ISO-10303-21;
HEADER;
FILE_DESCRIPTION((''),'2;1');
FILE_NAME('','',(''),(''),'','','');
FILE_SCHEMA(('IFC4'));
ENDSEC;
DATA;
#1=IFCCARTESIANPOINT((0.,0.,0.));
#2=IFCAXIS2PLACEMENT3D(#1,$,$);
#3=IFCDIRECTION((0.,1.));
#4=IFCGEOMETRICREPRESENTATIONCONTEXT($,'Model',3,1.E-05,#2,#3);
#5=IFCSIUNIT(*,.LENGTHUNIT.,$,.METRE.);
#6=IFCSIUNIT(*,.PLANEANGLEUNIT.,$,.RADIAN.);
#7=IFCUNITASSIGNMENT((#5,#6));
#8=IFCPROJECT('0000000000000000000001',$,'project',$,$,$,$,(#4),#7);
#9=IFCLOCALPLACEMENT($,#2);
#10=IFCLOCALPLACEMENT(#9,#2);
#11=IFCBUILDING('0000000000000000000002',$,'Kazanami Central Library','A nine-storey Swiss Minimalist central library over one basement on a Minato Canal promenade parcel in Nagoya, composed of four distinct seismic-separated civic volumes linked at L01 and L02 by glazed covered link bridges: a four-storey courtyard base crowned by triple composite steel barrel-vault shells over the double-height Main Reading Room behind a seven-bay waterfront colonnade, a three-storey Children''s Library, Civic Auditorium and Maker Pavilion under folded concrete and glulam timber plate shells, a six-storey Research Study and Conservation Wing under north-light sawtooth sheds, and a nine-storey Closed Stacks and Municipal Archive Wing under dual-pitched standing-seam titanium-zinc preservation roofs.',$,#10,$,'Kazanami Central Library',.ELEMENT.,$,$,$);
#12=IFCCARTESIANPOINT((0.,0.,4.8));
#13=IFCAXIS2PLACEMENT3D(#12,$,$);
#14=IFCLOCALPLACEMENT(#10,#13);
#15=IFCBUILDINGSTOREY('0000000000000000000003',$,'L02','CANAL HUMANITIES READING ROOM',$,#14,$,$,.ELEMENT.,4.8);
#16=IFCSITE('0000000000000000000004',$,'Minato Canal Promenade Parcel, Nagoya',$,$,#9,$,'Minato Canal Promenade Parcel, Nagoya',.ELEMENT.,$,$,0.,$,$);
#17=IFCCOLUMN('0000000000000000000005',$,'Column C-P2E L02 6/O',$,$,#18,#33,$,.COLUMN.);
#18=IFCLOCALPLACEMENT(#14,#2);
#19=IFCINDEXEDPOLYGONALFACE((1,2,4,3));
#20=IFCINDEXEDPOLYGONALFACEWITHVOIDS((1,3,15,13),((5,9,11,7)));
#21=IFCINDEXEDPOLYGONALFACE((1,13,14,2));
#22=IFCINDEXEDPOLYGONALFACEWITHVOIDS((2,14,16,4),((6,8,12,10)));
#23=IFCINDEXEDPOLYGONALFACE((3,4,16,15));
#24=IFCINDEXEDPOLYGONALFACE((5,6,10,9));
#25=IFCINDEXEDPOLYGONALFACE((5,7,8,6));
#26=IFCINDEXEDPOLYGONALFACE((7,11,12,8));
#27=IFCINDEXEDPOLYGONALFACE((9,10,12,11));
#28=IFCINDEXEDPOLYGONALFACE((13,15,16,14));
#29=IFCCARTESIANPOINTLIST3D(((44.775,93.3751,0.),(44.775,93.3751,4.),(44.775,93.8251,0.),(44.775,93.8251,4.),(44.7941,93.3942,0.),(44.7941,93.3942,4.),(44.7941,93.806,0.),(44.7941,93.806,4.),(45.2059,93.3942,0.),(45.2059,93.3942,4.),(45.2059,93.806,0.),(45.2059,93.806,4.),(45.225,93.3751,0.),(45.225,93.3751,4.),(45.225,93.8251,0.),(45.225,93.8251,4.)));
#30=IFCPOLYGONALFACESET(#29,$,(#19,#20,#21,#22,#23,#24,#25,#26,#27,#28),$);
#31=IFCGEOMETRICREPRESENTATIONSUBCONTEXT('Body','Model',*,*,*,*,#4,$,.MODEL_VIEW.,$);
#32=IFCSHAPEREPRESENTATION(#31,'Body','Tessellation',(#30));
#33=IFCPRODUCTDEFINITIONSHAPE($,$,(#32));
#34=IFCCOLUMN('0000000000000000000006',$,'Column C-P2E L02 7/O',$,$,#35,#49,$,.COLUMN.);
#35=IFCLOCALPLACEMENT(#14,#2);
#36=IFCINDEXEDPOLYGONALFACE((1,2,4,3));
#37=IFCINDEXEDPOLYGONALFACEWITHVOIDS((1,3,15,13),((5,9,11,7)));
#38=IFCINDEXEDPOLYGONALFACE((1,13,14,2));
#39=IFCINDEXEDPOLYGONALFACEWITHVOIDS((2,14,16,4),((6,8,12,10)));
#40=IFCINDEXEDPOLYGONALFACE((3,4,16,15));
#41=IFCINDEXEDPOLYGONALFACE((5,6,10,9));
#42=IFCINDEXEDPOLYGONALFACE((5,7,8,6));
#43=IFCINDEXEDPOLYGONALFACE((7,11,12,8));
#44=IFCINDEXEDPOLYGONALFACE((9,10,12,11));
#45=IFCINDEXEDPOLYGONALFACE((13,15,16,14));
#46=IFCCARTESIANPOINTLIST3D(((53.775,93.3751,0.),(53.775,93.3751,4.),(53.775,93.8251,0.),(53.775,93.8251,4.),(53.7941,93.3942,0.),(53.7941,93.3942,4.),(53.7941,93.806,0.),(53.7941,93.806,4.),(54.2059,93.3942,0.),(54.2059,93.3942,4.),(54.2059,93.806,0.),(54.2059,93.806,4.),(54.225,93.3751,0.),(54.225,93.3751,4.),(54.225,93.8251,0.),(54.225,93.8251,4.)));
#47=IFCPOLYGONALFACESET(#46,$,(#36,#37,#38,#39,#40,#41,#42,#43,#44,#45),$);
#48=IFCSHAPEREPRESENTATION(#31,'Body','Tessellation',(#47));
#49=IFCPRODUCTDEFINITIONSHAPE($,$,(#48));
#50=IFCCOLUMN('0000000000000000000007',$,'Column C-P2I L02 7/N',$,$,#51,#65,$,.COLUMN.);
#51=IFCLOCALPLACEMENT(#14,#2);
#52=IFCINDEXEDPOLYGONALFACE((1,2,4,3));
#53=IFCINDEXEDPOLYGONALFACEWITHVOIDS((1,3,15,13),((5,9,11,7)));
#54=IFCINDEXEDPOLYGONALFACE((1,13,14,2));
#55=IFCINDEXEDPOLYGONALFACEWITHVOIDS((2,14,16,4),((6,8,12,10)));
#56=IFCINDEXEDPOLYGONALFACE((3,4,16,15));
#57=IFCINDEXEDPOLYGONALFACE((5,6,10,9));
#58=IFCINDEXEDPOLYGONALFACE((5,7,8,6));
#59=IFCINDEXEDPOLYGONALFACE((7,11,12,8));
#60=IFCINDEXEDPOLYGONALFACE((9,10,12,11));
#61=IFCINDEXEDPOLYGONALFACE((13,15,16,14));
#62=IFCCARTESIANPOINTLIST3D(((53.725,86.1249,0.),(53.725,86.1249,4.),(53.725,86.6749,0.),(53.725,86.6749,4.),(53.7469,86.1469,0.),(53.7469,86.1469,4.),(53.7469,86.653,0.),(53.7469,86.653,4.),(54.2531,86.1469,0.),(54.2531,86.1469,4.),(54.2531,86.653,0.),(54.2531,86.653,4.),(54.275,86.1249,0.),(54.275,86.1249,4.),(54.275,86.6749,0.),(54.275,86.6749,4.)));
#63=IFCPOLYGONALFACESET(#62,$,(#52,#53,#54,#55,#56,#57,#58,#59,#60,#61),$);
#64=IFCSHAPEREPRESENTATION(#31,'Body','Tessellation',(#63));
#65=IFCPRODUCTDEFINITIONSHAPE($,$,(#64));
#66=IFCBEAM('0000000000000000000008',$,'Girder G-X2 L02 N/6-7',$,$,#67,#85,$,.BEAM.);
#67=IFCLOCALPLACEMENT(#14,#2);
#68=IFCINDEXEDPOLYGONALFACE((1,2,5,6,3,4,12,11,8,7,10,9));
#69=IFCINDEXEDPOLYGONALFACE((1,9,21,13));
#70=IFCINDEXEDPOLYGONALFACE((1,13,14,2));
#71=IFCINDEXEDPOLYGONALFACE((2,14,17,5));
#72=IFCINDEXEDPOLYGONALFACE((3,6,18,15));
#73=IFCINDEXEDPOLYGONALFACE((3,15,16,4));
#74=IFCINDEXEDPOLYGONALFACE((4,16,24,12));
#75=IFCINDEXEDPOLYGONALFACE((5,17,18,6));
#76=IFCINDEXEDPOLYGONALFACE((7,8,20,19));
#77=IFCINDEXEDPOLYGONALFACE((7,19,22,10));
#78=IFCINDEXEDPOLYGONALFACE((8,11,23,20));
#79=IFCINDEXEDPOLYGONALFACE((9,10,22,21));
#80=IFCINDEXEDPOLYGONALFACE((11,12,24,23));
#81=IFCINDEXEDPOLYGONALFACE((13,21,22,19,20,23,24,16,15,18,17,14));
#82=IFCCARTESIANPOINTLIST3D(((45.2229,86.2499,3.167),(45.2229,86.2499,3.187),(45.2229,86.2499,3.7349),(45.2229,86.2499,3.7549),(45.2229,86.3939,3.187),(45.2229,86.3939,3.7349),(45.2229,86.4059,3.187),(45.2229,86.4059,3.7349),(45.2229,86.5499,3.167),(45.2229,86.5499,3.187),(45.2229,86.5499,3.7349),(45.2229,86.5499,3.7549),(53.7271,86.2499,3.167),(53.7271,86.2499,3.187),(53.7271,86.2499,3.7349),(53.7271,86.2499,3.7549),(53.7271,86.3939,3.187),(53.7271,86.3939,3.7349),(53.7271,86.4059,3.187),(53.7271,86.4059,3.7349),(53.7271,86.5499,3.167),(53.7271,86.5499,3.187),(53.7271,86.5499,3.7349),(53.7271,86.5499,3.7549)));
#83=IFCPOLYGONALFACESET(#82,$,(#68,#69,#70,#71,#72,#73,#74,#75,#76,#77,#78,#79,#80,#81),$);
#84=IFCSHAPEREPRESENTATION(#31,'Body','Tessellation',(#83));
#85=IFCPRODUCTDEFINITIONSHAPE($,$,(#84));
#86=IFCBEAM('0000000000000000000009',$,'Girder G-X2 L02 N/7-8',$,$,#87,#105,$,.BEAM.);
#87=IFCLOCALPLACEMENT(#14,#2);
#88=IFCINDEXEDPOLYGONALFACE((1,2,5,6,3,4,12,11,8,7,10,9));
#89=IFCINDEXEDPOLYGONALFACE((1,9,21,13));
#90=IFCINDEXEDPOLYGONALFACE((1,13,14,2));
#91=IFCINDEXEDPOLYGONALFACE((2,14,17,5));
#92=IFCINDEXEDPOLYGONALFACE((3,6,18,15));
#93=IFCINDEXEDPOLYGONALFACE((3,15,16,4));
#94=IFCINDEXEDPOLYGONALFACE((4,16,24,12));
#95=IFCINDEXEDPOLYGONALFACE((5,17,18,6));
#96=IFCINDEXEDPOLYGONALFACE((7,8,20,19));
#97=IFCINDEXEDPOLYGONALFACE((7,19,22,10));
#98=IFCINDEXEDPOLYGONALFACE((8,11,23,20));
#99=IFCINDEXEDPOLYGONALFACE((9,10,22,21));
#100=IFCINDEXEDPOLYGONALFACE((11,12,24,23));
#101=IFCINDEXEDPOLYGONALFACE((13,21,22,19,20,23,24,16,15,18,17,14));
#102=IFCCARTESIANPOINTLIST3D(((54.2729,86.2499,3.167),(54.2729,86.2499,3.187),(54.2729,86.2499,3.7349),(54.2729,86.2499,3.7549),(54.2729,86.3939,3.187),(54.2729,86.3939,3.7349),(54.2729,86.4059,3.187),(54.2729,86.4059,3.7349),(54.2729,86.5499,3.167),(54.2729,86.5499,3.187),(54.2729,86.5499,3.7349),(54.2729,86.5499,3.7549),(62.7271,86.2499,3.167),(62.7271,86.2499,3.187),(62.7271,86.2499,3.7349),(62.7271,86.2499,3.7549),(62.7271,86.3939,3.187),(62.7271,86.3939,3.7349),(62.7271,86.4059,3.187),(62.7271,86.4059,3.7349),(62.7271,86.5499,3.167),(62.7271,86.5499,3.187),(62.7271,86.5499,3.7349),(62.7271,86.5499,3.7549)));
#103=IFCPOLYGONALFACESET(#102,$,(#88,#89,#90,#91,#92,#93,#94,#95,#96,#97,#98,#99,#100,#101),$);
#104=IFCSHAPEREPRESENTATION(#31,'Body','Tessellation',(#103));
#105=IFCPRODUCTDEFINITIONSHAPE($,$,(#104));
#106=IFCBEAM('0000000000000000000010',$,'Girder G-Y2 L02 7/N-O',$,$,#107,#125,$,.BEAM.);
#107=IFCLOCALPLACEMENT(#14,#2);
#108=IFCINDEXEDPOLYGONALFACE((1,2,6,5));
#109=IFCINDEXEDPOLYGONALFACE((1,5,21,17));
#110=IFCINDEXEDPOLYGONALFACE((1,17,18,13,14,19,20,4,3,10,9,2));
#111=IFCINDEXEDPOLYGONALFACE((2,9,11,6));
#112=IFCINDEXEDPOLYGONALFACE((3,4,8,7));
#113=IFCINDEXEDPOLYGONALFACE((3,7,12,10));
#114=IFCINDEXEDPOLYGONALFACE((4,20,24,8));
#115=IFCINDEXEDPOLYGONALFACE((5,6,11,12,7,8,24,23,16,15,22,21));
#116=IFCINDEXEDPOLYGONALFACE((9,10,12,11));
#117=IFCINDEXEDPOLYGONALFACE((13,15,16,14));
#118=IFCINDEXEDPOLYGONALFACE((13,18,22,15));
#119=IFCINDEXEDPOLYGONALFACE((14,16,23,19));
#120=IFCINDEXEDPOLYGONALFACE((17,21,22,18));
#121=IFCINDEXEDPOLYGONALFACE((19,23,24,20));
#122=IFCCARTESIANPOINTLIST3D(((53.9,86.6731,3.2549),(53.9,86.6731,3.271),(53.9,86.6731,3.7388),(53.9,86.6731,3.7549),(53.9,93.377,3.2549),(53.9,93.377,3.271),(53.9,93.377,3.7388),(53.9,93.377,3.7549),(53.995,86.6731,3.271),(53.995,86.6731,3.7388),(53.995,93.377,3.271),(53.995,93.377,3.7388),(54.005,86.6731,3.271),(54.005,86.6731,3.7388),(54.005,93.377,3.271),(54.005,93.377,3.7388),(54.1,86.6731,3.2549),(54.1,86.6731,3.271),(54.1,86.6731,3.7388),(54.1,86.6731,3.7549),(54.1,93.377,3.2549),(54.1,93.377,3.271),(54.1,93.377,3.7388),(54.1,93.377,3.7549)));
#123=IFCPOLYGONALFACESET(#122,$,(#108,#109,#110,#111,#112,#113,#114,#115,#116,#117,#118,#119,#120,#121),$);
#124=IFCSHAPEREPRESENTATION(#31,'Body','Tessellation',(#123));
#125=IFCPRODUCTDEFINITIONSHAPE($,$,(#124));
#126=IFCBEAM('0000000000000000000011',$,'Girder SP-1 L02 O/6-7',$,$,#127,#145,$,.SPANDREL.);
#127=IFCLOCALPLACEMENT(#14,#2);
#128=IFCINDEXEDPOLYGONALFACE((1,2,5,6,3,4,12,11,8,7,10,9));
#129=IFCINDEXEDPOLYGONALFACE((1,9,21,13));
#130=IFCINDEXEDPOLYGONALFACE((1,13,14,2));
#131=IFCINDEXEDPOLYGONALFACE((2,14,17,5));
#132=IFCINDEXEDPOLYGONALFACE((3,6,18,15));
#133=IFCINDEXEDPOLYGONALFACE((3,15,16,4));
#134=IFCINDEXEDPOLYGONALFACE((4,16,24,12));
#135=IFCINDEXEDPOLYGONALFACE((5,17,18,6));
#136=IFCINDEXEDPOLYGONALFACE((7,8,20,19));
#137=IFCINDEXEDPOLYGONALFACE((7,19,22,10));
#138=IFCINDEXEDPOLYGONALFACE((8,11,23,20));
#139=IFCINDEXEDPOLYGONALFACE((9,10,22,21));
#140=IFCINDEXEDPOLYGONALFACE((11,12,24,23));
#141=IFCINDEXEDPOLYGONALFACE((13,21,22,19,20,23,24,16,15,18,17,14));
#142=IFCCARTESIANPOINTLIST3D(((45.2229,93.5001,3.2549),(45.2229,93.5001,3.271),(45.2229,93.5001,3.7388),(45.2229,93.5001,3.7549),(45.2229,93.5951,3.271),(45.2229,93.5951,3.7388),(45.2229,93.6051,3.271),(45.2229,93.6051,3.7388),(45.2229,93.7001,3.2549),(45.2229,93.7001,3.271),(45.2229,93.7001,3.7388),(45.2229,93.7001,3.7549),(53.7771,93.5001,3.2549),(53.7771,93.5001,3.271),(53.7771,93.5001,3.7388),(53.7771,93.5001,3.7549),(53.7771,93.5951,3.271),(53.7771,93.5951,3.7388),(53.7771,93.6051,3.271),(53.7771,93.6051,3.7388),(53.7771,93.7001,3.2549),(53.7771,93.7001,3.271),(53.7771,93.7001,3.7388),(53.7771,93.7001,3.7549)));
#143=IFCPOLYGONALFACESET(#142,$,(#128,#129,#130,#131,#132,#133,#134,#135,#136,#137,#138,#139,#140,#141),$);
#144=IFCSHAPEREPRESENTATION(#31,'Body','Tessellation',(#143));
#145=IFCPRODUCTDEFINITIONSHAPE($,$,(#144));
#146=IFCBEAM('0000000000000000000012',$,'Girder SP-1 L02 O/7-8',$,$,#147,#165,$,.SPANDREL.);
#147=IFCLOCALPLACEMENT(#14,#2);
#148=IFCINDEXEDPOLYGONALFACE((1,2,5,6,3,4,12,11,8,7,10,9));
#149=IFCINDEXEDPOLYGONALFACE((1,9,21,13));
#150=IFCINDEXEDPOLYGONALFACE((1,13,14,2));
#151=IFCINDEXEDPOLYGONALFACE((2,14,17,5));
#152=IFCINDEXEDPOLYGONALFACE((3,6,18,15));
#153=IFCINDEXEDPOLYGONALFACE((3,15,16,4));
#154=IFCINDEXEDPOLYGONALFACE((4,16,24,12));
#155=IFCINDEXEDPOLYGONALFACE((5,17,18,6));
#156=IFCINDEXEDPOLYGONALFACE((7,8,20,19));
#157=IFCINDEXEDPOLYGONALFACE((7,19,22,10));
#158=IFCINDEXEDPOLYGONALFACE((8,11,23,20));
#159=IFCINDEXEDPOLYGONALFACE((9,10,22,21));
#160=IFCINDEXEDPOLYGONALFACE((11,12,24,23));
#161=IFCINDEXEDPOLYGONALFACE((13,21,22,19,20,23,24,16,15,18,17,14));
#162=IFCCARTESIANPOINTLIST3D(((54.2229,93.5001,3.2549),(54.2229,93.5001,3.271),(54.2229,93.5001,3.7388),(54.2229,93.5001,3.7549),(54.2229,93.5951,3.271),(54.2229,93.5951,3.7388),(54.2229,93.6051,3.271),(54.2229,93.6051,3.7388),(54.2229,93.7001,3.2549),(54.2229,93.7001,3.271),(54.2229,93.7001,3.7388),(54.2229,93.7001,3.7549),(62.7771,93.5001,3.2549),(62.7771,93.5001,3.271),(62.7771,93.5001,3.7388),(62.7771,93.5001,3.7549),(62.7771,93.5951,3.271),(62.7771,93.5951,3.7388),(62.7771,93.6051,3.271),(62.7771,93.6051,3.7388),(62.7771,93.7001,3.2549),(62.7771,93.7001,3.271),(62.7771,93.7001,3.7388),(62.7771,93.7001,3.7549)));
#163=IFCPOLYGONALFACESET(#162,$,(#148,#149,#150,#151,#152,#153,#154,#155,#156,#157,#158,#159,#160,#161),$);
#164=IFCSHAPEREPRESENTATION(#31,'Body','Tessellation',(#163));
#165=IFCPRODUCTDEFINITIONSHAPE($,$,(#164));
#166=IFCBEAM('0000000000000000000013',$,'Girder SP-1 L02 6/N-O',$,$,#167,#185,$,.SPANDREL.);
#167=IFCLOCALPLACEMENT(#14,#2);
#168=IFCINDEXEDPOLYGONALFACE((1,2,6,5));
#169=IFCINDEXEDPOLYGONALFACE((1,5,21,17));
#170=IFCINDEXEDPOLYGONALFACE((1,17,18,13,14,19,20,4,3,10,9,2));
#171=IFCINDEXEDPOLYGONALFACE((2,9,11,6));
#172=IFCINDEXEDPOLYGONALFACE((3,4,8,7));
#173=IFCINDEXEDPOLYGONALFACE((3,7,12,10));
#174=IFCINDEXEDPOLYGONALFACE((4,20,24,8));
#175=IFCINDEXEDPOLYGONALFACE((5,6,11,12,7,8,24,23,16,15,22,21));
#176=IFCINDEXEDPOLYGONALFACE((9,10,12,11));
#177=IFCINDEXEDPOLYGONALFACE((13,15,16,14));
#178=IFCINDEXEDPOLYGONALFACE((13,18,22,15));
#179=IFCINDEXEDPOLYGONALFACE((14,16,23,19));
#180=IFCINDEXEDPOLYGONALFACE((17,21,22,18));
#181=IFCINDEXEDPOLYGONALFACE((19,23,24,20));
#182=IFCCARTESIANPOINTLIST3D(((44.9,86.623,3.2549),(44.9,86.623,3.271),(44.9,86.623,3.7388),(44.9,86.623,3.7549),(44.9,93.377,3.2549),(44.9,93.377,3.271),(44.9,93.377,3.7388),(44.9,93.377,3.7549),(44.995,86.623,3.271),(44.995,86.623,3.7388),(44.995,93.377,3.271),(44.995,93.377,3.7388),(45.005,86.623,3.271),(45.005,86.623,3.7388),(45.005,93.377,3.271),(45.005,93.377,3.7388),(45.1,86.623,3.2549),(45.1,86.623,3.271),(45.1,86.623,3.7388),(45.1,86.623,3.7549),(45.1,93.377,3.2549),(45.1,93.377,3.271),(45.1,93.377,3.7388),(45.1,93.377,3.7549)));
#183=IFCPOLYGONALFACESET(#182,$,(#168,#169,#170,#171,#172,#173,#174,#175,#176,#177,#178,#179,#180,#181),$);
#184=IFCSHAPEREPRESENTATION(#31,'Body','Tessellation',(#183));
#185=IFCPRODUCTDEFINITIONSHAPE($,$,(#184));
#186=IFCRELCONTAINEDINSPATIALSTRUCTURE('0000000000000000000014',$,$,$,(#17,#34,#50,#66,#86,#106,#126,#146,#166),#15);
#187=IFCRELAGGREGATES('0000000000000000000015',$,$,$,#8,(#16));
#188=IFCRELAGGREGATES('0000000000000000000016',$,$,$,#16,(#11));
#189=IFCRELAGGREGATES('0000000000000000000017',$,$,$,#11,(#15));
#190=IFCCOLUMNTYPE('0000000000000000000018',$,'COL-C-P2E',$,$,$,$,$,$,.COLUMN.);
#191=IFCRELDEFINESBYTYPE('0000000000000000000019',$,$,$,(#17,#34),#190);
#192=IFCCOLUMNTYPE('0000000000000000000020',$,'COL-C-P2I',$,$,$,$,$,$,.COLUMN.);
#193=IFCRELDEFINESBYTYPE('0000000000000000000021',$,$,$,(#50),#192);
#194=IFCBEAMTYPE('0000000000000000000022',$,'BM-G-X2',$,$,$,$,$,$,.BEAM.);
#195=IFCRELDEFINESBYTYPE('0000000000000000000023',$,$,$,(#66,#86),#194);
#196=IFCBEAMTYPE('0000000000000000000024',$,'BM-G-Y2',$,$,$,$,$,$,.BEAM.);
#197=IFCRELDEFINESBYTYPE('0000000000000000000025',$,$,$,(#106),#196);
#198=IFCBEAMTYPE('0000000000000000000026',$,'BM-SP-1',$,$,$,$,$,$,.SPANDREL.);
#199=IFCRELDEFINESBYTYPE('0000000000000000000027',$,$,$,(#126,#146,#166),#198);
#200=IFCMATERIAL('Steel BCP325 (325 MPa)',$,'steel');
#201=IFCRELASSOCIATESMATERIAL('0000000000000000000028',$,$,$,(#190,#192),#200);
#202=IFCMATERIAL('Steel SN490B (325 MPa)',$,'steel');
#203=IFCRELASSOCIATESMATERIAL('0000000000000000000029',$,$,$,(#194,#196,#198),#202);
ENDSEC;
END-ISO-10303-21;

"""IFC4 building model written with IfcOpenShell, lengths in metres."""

from ifc_helpers import new_model, si_unit, direction, frame, origin, origin_2d, place, context, subcontext, project, spatial, hollow_rectangle, i_section, extrude, material, material_profile, profile_set, type_object, element, save


model = new_model("IFC4")

# Units and contexts
model_context = context("Model", 3, precision=1e-05, world=origin(), true_north=direction((0.0, 1.0)))
body_context = subcontext(model_context, "Body", "Model", "MODEL_VIEW")
ifc_project = project(units=[si_unit("LENGTHUNIT", "METRE"), si_unit("PLANEANGLEUNIT", "RADIAN")], contexts=[model_context])

# Site, building, storey
site_placement = place(None, origin())
site = spatial("IfcSite", under=ifc_project, at=site_placement, Name="Minato Canal Promenade Parcel, Nagoya", LongName="Minato Canal Promenade Parcel, Nagoya", CompositionType="ELEMENT", RefElevation=0.0)
building_placement = place(site_placement, origin())
building = spatial("IfcBuilding", under=site, at=building_placement, Name="Kazanami Central Library", Description="A nine-storey Swiss Minimalist central library over one basement on a Minato Canal promenade parcel in Nagoya, composed of four distinct seismic-separated civic volumes linked at L01 and L02 by glazed covered link bridges: a four-storey courtyard base crowned by triple composite steel barrel-vault shells over the double-height Main Reading Room behind a seven-bay waterfront colonnade, a three-storey Children's Library, Civic Auditorium and Maker Pavilion under folded concrete and glulam timber plate shells, a six-storey Research Study and Conservation Wing under north-light sawtooth sheds, and a nine-storey Closed Stacks and Municipal Archive Wing under dual-pitched standing-seam titanium-zinc preservation roofs.", LongName="Kazanami Central Library", CompositionType="ELEMENT")
storey_placement = place(building_placement, frame((0.0, 0.0, 4.8)))
storey = spatial("IfcBuildingStorey", under=building, at=storey_placement, Name="L02", Description="CANAL HUMANITIES READING ROOM", CompositionType="ELEMENT", Elevation=4.8)

# Columns
ifc_material_1 = material(Name="Steel BCP325 (325 MPa)", Category="steel")
ifc_material_profile_1 = material_profile(ifc_material_1, hollow_rectangle(XDim=0.45, YDim=0.45, WallThickness=0.019, at=origin_2d()), Name="BCP-450x450x19")
ifc_profile_set_1 = profile_set([ifc_material_profile_1], Name="Steel BCP325 (325 MPa)")
column_type_1 = type_object("IfcColumnType", Name="COL-C-P2E", PredefinedType="COLUMN", material=ifc_profile_set_1)
for number, where, z_axis, x_axis, name in (
    (1, (45.0, 93.6001, 0.0), (0.0, 0.0, 1.0), (1.0, 0.0, 0.0), "Column C-P2E L02 6/O"),
    (2, (54.0, 93.6001, 0.0), (0.0, 0.0, 1.0), (1.0, 0.0, 0.0), "Column C-P2E L02 7/O"),
):
    element("IfcColumn", number, at=place(storey_placement, frame(where, z_axis=z_axis, x_axis=x_axis)), inside=storey, type_object=column_type_1, Name=name, PredefinedType="COLUMN", context=body_context, shape_type="SweptSolid", body=[
        extrude(hollow_rectangle(XDim=0.45, YDim=0.45, WallThickness=0.019, at=origin_2d()), origin(), (0.0, 0.0, 1.0), 4.0),
    ])
ifc_material_profile_2 = material_profile(ifc_material_1, hollow_rectangle(XDim=0.55, YDim=0.55, WallThickness=0.022, at=origin_2d()), Name="BCP-550x550x22")
ifc_profile_set_2 = profile_set([ifc_material_profile_2], Name="Steel BCP325 (325 MPa)")
column_type_2 = type_object("IfcColumnType", Name="COL-C-P2I", PredefinedType="COLUMN", material=ifc_profile_set_2)
column_placement = place(storey_placement, frame((54.0, 86.3999, 0.0), z_axis=(0.0, 0.0, 1.0), x_axis=(1.0, 0.0, 0.0)))
element("IfcColumn", 3, at=column_placement, inside=storey, type_object=column_type_2, Name="Column C-P2I L02 7/N", PredefinedType="COLUMN", context=body_context, shape_type="SweptSolid", body=[
    extrude(hollow_rectangle(XDim=0.55, YDim=0.55, WallThickness=0.022, at=origin_2d()), origin(), (0.0, 0.0, 1.0), 4.0),
])

# Beams
ifc_material_2 = material(Name="Steel SN490B (325 MPa)", Category="steel")
ifc_material_profile_3 = material_profile(ifc_material_2, i_section(OverallWidth=0.3, OverallDepth=0.5879, WebThickness=0.012, FlangeThickness=0.02, at=origin_2d()), Name="H-588x300x12x20")
ifc_profile_set_3 = profile_set([ifc_material_profile_3], Name="Steel SN490B (325 MPa)")
beam_type_1 = type_object("IfcBeamType", Name="BM-G-X2", PredefinedType="BEAM", material=ifc_profile_set_3)
beam_1_placement = place(storey_placement, frame((45.2229, 86.3999, 3.4609), z_axis=(1.0, 0.0, 0.0), x_axis=(0.0, 1.0, 0.0)))
element("IfcBeam", 4, at=beam_1_placement, inside=storey, type_object=beam_type_1, Name="Girder G-X2 L02 N/6-7", PredefinedType="BEAM", context=body_context, shape_type="SweptSolid", body=[
    extrude(i_section(OverallWidth=0.3, OverallDepth=0.5879, WebThickness=0.012, FlangeThickness=0.02, at=origin_2d()), origin(), (0.0, 0.0, 1.0), 8.5042),
])
beam_2_placement = place(storey_placement, frame((54.2729, 86.3999, 3.4609), z_axis=(1.0, 0.0, 0.0), x_axis=(0.0, 1.0, 0.0)))
element("IfcBeam", 5, at=beam_2_placement, inside=storey, type_object=beam_type_1, Name="Girder G-X2 L02 N/7-8", PredefinedType="BEAM", context=body_context, shape_type="SweptSolid", body=[
    extrude(i_section(OverallWidth=0.3, OverallDepth=0.5879, WebThickness=0.012, FlangeThickness=0.02, at=origin_2d()), origin(), (0.0, 0.0, 1.0), 8.4541),
])
ifc_material_profile_4 = material_profile(ifc_material_2, i_section(OverallWidth=0.2, OverallDepth=0.5, WebThickness=0.01, FlangeThickness=0.0161, at=origin_2d()), Name="H-500x200x10x16")
ifc_profile_set_4 = profile_set([ifc_material_profile_4], Name="Steel SN490B (325 MPa)")
beam_type_2 = type_object("IfcBeamType", Name="BM-G-Y2", PredefinedType="BEAM", material=ifc_profile_set_4)
beam_3_placement = place(storey_placement, frame((54.0, 86.6731, 3.5049), z_axis=(0.0, 1.0, 0.0), x_axis=(-1.0, 0.0, 0.0)))
element("IfcBeam", 6, at=beam_3_placement, inside=storey, type_object=beam_type_2, Name="Girder G-Y2 L02 7/N-O", PredefinedType="BEAM", context=body_context, shape_type="SweptSolid", body=[
    extrude(i_section(OverallWidth=0.2, OverallDepth=0.5, WebThickness=0.01, FlangeThickness=0.0161, at=origin_2d()), origin(), (0.0, 0.0, 1.0), 6.7039),
])
ifc_material_profile_5 = material_profile(ifc_material_2, i_section(OverallWidth=0.2, OverallDepth=0.5, WebThickness=0.01, FlangeThickness=0.0161, at=origin_2d()), Name="H-500x200x10x16")
ifc_profile_set_5 = profile_set([ifc_material_profile_5], Name="Steel SN490B (325 MPa)")
beam_type_3 = type_object("IfcBeamType", Name="BM-SP-1", PredefinedType="SPANDREL", material=ifc_profile_set_5)
for number, where, z_axis, x_axis, name in (
    (7, (45.2229, 93.6001, 3.5049), (1.0, 0.0, 0.0), (0.0, 1.0, 0.0), "Girder SP-1 L02 O/6-7"),
    (8, (54.2229, 93.6001, 3.5049), (1.0, 0.0, 0.0), (0.0, 1.0, 0.0), "Girder SP-1 L02 O/7-8"),
):
    element("IfcBeam", number, at=place(storey_placement, frame(where, z_axis=z_axis, x_axis=x_axis)), inside=storey, type_object=beam_type_3, Name=name, PredefinedType="SPANDREL", context=body_context, shape_type="SweptSolid", body=[
        extrude(i_section(OverallWidth=0.2, OverallDepth=0.5, WebThickness=0.01, FlangeThickness=0.0161, at=origin_2d()), origin(), (0.0, 0.0, 1.0), 8.5542),
    ])
beam_4_placement = place(storey_placement, frame((45.0, 86.623, 3.5049), z_axis=(0.0, 1.0, 0.0), x_axis=(-1.0, 0.0, 0.0)))
element("IfcBeam", 9, at=beam_4_placement, inside=storey, type_object=beam_type_3, Name="Girder SP-1 L02 6/N-O", PredefinedType="SPANDREL", context=body_context, shape_type="SweptSolid", body=[
    extrude(i_section(OverallWidth=0.2, OverallDepth=0.5, WebThickness=0.01, FlangeThickness=0.0161, at=origin_2d()), origin(), (0.0, 0.0, 1.0), 6.7539),
])

save(model, "model.ifc")
